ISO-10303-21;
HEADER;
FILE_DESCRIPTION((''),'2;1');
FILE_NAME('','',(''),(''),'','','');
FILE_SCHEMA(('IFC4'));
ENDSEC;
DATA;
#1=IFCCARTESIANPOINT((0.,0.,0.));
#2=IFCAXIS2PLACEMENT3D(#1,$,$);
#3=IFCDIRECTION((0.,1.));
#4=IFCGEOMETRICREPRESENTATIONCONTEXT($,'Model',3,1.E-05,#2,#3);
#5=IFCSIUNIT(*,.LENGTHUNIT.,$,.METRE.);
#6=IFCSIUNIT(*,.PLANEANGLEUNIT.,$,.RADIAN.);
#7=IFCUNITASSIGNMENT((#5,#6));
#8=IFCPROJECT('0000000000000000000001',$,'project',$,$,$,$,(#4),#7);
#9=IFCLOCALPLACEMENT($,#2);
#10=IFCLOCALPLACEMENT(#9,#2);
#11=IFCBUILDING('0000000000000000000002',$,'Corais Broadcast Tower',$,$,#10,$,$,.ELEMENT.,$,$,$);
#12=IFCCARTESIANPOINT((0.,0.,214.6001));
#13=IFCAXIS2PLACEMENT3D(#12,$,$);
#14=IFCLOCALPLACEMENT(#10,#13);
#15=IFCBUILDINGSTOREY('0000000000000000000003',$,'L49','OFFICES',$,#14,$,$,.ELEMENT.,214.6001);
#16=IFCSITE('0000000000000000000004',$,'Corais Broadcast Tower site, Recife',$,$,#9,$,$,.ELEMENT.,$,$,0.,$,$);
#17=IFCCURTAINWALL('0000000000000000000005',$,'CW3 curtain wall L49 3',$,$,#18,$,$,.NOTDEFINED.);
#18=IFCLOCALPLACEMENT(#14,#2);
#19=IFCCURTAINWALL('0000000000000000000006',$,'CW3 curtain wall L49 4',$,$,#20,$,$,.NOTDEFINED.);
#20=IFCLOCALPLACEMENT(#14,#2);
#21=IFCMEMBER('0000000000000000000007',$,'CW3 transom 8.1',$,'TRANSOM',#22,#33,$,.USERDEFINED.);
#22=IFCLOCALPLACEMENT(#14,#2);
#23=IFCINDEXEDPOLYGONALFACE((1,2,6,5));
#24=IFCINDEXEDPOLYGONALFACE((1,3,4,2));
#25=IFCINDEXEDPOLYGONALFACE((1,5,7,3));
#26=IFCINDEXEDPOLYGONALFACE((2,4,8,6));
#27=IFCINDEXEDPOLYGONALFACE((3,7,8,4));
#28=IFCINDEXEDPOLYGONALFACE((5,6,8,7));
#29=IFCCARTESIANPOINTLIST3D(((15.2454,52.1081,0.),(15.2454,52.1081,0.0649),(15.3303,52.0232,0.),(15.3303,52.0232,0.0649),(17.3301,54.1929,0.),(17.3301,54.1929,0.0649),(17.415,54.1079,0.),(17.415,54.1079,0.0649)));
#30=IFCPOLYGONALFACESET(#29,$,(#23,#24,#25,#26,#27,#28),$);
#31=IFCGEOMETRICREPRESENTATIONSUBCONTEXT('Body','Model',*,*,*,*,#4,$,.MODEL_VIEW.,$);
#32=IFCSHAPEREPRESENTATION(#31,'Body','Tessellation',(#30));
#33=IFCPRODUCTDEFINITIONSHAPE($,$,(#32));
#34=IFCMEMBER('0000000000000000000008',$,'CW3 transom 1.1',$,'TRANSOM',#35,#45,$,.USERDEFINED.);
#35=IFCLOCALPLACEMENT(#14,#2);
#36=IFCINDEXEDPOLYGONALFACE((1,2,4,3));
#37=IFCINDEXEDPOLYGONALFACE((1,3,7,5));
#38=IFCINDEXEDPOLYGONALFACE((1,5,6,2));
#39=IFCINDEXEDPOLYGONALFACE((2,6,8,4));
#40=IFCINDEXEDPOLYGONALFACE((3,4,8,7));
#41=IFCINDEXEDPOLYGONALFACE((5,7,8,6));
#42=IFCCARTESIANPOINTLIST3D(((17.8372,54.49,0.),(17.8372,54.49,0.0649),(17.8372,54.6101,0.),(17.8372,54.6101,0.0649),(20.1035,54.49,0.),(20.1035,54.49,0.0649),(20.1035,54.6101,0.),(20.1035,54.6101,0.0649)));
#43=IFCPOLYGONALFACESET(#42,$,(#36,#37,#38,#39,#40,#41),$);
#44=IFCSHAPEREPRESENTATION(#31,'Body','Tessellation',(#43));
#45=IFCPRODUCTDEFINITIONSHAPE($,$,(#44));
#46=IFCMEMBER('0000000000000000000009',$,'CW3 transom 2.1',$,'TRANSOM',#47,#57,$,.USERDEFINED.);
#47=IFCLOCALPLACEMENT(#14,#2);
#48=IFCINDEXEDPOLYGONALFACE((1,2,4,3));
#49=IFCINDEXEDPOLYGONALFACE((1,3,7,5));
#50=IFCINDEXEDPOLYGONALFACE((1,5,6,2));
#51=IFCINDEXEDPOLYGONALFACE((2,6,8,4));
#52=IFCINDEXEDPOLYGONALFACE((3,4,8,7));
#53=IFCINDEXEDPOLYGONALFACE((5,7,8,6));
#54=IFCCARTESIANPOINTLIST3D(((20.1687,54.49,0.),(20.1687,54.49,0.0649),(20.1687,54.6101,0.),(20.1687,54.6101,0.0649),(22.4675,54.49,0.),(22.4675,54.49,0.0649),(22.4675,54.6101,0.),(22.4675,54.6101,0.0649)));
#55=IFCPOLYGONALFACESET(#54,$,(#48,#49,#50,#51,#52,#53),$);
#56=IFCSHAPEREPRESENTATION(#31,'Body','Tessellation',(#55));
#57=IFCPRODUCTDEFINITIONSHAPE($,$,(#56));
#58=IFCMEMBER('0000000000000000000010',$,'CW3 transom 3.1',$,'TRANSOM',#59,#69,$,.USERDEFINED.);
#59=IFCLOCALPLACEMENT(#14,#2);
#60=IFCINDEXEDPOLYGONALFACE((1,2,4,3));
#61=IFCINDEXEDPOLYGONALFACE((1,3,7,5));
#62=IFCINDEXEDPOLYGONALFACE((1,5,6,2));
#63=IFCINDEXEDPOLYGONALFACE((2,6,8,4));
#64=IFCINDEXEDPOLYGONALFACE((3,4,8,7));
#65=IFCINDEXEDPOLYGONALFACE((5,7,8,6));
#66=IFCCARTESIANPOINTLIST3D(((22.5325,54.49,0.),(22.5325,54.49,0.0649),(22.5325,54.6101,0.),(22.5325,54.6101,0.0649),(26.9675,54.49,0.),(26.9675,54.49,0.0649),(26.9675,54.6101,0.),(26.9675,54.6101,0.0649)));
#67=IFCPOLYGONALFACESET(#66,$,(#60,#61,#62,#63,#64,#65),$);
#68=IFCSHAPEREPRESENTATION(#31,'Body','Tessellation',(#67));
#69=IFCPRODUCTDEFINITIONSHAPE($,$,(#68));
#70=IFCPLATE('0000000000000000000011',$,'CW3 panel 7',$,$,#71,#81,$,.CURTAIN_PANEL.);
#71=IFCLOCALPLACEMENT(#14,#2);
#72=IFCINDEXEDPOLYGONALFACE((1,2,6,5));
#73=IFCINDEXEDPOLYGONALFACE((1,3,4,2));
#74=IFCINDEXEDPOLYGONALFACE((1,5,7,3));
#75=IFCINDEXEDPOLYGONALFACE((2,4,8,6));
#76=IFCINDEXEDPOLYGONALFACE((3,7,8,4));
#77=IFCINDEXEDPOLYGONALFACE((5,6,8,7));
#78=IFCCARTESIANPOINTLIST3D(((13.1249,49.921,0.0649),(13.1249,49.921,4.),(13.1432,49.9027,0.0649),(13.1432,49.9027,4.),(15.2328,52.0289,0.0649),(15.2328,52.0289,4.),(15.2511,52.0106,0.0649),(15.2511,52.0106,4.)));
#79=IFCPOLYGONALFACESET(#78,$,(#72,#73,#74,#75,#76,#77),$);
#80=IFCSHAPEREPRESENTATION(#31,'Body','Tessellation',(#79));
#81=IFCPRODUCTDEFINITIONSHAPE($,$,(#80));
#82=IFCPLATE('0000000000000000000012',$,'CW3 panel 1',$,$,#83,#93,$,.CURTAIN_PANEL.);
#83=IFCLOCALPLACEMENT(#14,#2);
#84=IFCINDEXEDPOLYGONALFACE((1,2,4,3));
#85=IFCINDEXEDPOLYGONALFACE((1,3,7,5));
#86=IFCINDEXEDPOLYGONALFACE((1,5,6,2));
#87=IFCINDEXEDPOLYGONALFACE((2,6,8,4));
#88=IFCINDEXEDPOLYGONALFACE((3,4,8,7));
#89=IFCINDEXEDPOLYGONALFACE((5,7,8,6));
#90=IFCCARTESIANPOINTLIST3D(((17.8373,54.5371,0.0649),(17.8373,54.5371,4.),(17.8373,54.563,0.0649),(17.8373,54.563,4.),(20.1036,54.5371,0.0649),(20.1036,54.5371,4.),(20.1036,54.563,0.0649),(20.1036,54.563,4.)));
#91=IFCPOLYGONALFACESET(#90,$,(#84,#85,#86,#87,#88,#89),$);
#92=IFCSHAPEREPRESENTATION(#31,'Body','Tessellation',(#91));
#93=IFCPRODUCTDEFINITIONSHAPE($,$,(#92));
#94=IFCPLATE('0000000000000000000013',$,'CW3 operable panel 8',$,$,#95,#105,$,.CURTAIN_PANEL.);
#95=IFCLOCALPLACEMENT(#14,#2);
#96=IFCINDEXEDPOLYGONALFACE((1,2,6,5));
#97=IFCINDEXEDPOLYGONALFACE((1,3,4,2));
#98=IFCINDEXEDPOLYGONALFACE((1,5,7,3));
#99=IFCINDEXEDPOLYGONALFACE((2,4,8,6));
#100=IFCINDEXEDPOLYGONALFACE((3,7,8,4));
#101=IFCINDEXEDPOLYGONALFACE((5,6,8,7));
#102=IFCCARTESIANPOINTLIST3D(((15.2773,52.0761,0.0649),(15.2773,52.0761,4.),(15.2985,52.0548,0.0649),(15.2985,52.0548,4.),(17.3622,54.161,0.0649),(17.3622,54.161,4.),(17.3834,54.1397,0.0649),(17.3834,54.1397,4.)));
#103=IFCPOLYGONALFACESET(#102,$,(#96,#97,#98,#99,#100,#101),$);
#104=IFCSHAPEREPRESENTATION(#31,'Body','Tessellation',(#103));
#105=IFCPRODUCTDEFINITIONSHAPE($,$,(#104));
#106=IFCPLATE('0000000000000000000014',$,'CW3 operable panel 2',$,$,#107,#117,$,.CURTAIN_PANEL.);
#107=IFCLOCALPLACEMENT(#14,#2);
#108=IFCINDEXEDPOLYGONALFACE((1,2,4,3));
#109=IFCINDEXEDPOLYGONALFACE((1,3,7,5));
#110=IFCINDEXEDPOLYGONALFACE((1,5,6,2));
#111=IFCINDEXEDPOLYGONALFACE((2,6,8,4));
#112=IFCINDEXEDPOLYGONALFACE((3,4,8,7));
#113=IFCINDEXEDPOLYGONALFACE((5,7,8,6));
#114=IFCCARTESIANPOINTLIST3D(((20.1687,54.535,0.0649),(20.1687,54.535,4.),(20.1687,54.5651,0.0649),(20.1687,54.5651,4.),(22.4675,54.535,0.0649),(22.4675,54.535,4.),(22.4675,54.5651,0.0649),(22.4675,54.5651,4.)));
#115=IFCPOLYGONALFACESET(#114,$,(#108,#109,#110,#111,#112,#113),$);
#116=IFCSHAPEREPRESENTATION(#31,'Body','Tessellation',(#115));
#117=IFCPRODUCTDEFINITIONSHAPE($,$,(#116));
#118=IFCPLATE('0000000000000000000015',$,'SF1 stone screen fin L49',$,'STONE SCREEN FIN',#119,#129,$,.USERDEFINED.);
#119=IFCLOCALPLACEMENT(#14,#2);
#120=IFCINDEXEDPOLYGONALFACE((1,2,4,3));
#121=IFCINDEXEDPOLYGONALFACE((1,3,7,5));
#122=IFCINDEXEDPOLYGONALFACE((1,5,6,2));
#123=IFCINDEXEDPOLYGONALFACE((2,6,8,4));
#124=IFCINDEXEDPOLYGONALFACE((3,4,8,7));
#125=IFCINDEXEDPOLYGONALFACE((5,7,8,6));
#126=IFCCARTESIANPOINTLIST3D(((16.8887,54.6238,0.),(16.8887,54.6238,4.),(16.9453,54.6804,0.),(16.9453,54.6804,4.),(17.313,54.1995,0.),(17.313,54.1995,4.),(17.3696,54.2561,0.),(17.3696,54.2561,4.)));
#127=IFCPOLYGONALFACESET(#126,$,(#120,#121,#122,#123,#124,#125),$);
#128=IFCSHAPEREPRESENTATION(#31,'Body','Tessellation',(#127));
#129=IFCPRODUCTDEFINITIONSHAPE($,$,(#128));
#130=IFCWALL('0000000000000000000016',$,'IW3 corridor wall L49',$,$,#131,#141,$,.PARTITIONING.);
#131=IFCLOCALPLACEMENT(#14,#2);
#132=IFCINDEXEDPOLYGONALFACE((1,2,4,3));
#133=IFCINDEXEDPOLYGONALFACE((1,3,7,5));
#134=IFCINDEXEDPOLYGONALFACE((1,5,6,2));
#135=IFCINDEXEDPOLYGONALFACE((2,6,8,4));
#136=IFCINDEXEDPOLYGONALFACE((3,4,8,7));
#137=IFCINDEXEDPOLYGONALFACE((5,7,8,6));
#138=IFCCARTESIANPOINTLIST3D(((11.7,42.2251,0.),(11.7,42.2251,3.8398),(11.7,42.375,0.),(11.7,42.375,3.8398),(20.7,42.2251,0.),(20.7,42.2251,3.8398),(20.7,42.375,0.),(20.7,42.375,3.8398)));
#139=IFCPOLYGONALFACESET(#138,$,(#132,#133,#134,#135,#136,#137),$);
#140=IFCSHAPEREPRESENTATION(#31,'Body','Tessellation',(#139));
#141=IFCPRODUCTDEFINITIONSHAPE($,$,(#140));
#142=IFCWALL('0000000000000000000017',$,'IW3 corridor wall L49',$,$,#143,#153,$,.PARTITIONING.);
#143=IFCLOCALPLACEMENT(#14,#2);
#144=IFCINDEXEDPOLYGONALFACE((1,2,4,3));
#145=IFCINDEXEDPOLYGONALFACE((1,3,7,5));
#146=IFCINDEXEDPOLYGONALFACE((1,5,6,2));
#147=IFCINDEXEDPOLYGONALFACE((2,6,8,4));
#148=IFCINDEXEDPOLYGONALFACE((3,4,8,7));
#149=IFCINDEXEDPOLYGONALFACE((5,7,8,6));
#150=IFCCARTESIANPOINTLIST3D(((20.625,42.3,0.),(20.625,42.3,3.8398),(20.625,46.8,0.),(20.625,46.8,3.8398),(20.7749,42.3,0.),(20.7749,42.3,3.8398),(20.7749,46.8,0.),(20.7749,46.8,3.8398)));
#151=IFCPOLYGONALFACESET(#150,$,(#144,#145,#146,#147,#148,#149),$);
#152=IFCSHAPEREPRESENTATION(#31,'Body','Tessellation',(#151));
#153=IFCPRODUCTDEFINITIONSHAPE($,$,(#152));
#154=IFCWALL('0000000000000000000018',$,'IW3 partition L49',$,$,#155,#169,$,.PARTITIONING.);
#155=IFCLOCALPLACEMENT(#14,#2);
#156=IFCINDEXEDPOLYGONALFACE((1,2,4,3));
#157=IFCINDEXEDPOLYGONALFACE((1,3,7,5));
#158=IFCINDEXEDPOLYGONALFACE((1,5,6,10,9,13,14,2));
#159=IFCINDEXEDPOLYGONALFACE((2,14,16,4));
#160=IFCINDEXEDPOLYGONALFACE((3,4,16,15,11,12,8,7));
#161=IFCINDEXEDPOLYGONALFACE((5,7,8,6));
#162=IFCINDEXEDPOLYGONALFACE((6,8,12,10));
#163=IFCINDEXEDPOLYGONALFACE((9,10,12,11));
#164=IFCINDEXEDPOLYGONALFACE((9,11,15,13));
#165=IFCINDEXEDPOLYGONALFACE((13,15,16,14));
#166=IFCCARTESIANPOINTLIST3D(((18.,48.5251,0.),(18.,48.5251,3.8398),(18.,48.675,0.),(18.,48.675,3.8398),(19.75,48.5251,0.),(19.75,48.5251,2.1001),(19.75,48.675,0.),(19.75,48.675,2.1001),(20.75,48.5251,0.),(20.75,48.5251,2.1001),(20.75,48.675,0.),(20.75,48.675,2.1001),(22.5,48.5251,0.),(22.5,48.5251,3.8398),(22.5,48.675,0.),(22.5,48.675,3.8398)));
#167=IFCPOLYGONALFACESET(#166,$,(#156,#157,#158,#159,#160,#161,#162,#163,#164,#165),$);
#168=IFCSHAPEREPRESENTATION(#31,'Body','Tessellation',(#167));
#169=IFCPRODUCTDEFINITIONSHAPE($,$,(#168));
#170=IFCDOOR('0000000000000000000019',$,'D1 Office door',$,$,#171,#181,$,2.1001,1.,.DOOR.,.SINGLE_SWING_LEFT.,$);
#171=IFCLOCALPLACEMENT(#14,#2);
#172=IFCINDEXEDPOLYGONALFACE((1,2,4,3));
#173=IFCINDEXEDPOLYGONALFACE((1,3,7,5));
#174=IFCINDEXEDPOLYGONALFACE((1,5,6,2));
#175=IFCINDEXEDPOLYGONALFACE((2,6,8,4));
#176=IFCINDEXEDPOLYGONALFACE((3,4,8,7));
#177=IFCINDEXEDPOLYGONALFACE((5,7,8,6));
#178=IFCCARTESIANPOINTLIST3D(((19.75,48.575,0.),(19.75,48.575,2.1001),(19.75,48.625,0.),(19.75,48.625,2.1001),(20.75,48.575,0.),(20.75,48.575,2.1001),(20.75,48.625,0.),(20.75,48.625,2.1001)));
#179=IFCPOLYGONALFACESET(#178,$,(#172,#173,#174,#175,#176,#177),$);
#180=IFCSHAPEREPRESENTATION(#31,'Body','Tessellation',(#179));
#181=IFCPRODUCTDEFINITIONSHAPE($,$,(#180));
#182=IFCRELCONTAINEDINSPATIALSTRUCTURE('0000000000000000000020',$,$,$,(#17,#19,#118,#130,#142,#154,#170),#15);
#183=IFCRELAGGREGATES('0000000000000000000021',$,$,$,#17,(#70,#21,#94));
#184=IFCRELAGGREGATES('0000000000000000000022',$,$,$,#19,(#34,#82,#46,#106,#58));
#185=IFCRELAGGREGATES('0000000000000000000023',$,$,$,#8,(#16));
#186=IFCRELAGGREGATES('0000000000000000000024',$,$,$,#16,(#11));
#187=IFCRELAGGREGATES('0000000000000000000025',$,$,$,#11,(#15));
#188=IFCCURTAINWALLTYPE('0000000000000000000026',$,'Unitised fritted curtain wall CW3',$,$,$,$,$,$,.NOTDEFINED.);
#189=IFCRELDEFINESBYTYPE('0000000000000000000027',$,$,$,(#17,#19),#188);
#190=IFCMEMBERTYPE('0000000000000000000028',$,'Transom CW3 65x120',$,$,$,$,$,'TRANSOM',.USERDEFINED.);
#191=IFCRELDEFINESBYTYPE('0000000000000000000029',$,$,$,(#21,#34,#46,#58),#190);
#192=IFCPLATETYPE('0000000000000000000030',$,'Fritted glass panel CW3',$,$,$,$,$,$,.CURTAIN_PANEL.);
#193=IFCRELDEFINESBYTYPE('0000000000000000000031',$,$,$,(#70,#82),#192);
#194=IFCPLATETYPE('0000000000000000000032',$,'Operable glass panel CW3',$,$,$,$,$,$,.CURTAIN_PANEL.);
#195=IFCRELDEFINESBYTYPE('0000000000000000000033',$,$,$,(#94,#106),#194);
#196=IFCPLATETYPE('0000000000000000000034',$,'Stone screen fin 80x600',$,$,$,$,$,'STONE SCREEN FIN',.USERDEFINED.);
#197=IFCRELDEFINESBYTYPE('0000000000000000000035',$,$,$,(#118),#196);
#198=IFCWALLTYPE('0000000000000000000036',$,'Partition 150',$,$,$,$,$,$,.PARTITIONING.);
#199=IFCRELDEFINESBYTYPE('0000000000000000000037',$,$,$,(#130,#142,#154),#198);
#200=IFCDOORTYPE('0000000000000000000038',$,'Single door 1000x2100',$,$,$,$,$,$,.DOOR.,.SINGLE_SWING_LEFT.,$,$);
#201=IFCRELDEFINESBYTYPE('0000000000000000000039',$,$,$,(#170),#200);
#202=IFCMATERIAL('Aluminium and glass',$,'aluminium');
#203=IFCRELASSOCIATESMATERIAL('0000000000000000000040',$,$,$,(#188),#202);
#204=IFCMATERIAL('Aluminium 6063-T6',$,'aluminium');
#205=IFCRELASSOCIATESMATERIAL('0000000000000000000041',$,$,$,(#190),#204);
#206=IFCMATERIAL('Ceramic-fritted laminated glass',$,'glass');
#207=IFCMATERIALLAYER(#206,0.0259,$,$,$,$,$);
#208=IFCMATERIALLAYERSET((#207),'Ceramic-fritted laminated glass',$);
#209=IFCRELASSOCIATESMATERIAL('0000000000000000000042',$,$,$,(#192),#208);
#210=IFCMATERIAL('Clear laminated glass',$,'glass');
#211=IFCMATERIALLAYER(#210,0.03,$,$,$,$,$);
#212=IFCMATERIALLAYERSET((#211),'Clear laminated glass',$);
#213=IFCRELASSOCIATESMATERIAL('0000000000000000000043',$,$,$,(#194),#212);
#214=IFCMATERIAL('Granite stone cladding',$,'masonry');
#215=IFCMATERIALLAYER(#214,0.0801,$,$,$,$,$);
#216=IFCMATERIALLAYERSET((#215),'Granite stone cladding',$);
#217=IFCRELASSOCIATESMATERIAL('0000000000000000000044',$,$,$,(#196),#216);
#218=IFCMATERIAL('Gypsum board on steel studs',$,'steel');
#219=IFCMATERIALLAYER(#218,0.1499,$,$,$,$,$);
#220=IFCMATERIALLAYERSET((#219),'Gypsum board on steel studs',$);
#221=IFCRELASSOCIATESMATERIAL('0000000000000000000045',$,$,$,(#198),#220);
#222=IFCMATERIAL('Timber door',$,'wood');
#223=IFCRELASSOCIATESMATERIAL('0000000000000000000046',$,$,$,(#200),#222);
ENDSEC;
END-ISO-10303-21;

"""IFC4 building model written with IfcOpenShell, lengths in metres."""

from ifc_helpers import new_model, si_unit, direction, frame, frame_2d, origin, origin_2d, place, context, subcontext, project, spatial, rectangle, extrude, material, layer, layer_set, material_profile, profile_set, type_object, element, fill, aggregate, save


model = new_model("IFC4")

# Units and contexts
model_context = context("Model", 3, precision=1e-05, world=origin(), true_north=direction((0.0, 1.0)))
body_context = subcontext(model_context, "Body", "Model", "MODEL_VIEW")
ifc_project = project(units=[si_unit("LENGTHUNIT", "METRE"), si_unit("PLANEANGLEUNIT", "RADIAN")], contexts=[model_context])

# Site, building, storey
site_placement = place(None, origin())
site = spatial("IfcSite", under=ifc_project, at=site_placement, Name="Corais Broadcast Tower site, Recife", CompositionType="ELEMENT", RefElevation=0.0)
building_placement = place(site_placement, origin())
building = spatial("IfcBuilding", under=site, at=building_placement, Name="Corais Broadcast Tower", CompositionType="ELEMENT")
storey_placement = place(building_placement, frame((0.0, 0.0, 214.6001)))
storey = spatial("IfcBuildingStorey", under=building, at=storey_placement, Name="L49", Description="OFFICES", CompositionType="ELEMENT", Elevation=214.6001)

# Curtain walls
ifc_material_1 = material(Name="Aluminium and glass", Category="aluminium")
curtain_wall_type = type_object("IfcCurtainWallType", Name="Unitised fritted curtain wall CW3", PredefinedType="NOTDEFINED", material=ifc_material_1)
curtain_wall_1_placement = place(storey_placement, origin())
curtain_wall_1 = element("IfcCurtainWall", 1, at=curtain_wall_1_placement, inside=storey, type_object=curtain_wall_type, Name="CW3 curtain wall L49 3", PredefinedType="NOTDEFINED")
curtain_wall_2_placement = place(storey_placement, origin())
curtain_wall_2 = element("IfcCurtainWall", 2, at=curtain_wall_2_placement, inside=storey, type_object=curtain_wall_type, Name="CW3 curtain wall L49 4", PredefinedType="NOTDEFINED")

# Members
ifc_material_2 = material(Name="Aluminium 6063-T6", Category="aluminium")
ifc_material_profile_1 = material_profile(ifc_material_2, rectangle(XDim=0.1201, YDim=0.0649, at=origin_2d()), Name="Transom CW3 65x120")
ifc_profile_set_1 = profile_set([ifc_material_profile_1], Name="Aluminium 6063-T6")
member_type_1 = type_object("IfcMemberType", Name="Transom CW3 65x120", ElementType="TRANSOM", PredefinedType="USERDEFINED", material=ifc_profile_set_1)
member_1_placement = place(storey_placement, frame((15.2878, 52.0657, 0.0325), z_axis=(0.707107, 0.707107, 0.0), x_axis=(-0.707107, 0.707107, 0.0)))
member_1 = element("IfcMember", 3, at=member_1_placement, type_object=member_type_1, Name="CW3 transom 8.1", ObjectType="TRANSOM", PredefinedType="USERDEFINED", context=body_context, shape_type="SweptSolid", body=[
    extrude(rectangle(XDim=0.1201, YDim=0.0649, at=origin_2d()), origin(), (0.0, 0.0, 1.0), 2.9482),
])
member_2_placement = place(storey_placement, frame((17.8372, 54.55, 0.0325), z_axis=(1.0, 0.0, 0.0), x_axis=(0.0, 1.0, 0.0)))
member_2 = element("IfcMember", 4, at=member_2_placement, type_object=member_type_1, Name="CW3 transom 1.1", ObjectType="TRANSOM", PredefinedType="USERDEFINED", context=body_context, shape_type="SweptSolid", body=[
    extrude(rectangle(XDim=0.1201, YDim=0.0649, at=origin_2d()), origin(), (0.0, 0.0, 1.0), 2.2664),
])
member_3_placement = place(storey_placement, frame((20.1687, 54.55, 0.0325), z_axis=(1.0, 0.0, 0.0), x_axis=(0.0, 1.0, 0.0)))
member_3 = element("IfcMember", 5, at=member_3_placement, type_object=member_type_1, Name="CW3 transom 2.1", ObjectType="TRANSOM", PredefinedType="USERDEFINED", context=body_context, shape_type="SweptSolid", body=[
    extrude(rectangle(XDim=0.1201, YDim=0.0649, at=origin_2d()), origin(), (0.0, 0.0, 1.0), 2.2988),
])
member_4_placement = place(storey_placement, frame((22.5325, 54.55, 0.0325), z_axis=(1.0, 0.0, 0.0), x_axis=(0.0, 1.0, 0.0)))
member_4 = element("IfcMember", 6, at=member_4_placement, type_object=member_type_1, Name="CW3 transom 3.1", ObjectType="TRANSOM", PredefinedType="USERDEFINED", context=body_context, shape_type="SweptSolid", body=[
    extrude(rectangle(XDim=0.1201, YDim=0.0649, at=origin_2d()), origin(), (0.0, 0.0, 1.0), 4.4351),
])

# Plates
ifc_material_3 = material(Name="Ceramic-fritted laminated glass", Category="glass")
ifc_layer_1 = layer(ifc_material_3, 0.0259)
ifc_layer_set_1 = layer_set([ifc_layer_1], Name="Ceramic-fritted laminated glass")
plate_type_1 = type_object("IfcPlateType", Name="Fritted glass panel CW3", PredefinedType="CURTAIN_PANEL", material=ifc_layer_set_1)
plate_1_placement = place(storey_placement, frame((14.188, 50.9658, 0.0649), z_axis=(0.0, 0.0, 1.0), x_axis=(0.707107, 0.707107, 0.0)))
plate_1 = element("IfcPlate", 7, at=plate_1_placement, type_object=plate_type_1, Name="CW3 panel 7", PredefinedType="CURTAIN_PANEL", context=body_context, shape_type="SweptSolid", body=[
    extrude(rectangle(XDim=2.981, YDim=0.0259, at=origin_2d()), origin(), (0.0, 0.0, 1.0), 3.9351),
])
plate_2_placement = place(storey_placement, frame((18.9705, 54.55, 0.0649), z_axis=(0.0, 0.0, 1.0), x_axis=(1.0, 0.0, 0.0)))
plate_2 = element("IfcPlate", 8, at=plate_2_placement, type_object=plate_type_1, Name="CW3 panel 1", PredefinedType="CURTAIN_PANEL", context=body_context, shape_type="SweptSolid", body=[
    extrude(rectangle(XDim=2.2664, YDim=0.0259, at=origin_2d()), origin(), (0.0, 0.0, 1.0), 3.9351),
])
ifc_material_4 = material(Name="Clear laminated glass", Category="glass")
ifc_layer_2 = layer(ifc_material_4, 0.03)
ifc_layer_set_2 = layer_set([ifc_layer_2], Name="Clear laminated glass")
plate_type_2 = type_object("IfcPlateType", Name="Operable glass panel CW3", PredefinedType="CURTAIN_PANEL", material=ifc_layer_set_2)
plate_3_placement = place(storey_placement, frame((16.3303, 53.1079, 0.0649), z_axis=(0.0, 0.0, 1.0), x_axis=(0.707107, 0.707107, 0.0)))
plate_3 = element("IfcPlate", 9, at=plate_3_placement, type_object=plate_type_2, Name="CW3 operable panel 8", PredefinedType="CURTAIN_PANEL", context=body_context, shape_type="SweptSolid", body=[
    extrude(rectangle(XDim=2.9485, YDim=0.03, at=origin_2d()), origin(), (0.0, 0.0, 1.0), 3.9351),
])
aggregate(curtain_wall_1, [plate_1, member_1, plate_3])
plate_4_placement = place(storey_placement, frame((21.3181, 54.55, 0.0649), z_axis=(0.0, 0.0, 1.0), x_axis=(1.0, 0.0, 0.0)))
plate_4 = element("IfcPlate", 10, at=plate_4_placement, type_object=plate_type_2, Name="CW3 operable panel 2", PredefinedType="CURTAIN_PANEL", context=body_context, shape_type="SweptSolid", body=[
    extrude(rectangle(XDim=2.2988, YDim=0.03, at=origin_2d()), origin(), (0.0, 0.0, 1.0), 3.9351),
])
aggregate(curtain_wall_2, [member_2, plate_2, member_3, plate_4, member_4])
ifc_material_5 = material(Name="Granite stone cladding", Category="masonry")
ifc_layer_3 = layer(ifc_material_5, 0.0801)
ifc_layer_set_3 = layer_set([ifc_layer_3], Name="Granite stone cladding")
plate_type_3 = type_object("IfcPlateType", Name="Stone screen fin 80x600", ElementType="STONE SCREEN FIN", PredefinedType="USERDEFINED", material=ifc_layer_set_3)
plate_5_placement = place(storey_placement, frame((17.1292, 54.4399, 0.0), z_axis=(0.0, 0.0, 1.0), x_axis=(0.707107, 0.707107, 0.0)))
element("IfcPlate", 11, at=plate_5_placement, inside=storey, type_object=plate_type_3, Name="SF1 stone screen fin L49", ObjectType="STONE SCREEN FIN", PredefinedType="USERDEFINED", context=body_context, shape_type="SweptSolid", body=[
    extrude(rectangle(XDim=0.0801, YDim=0.6001, at=origin_2d()), origin(), (0.0, 0.0, 1.0), 4.0),
])

# Walls
ifc_material_6 = material(Name="Gypsum board on steel studs", Category="steel")
ifc_layer_4 = layer(ifc_material_6, 0.1499)
ifc_layer_set_4 = layer_set([ifc_layer_4], Name="Gypsum board on steel studs")
wall_type = type_object("IfcWallType", Name="Partition 150", PredefinedType="PARTITIONING", material=ifc_layer_set_4)
wall_1_placement = place(storey_placement, frame((20.7, 42.3, 0.0), z_axis=(0.0, 0.0, 1.0), x_axis=(-1.0, 0.0, 0.0)))
element("IfcWall", 12, at=wall_1_placement, inside=storey, type_object=wall_type, Name="IW3 corridor wall L49", PredefinedType="PARTITIONING", context=body_context, shape_type="SweptSolid", body=[
    extrude(rectangle(XDim=9.0, YDim=0.1499, at=frame_2d((4.5, 0.0))), origin(), (0.0, 0.0, 1.0), 3.8398),
])
wall_2_placement = place(storey_placement, frame((20.7, 46.8, 0.0), z_axis=(0.0, 0.0, 1.0), x_axis=(0.0, -1.0, 0.0)))
element("IfcWall", 13, at=wall_2_placement, inside=storey, type_object=wall_type, Name="IW3 corridor wall L49", PredefinedType="PARTITIONING", context=body_context, shape_type="SweptSolid", body=[
    extrude(rectangle(XDim=4.5, YDim=0.1499, at=frame_2d((2.25, 0.0))), origin(), (0.0, 0.0, 1.0), 3.8398),
])

# Wall, opening, door
wall_3_placement = place(storey_placement, frame((18.0, 48.6001, 0.0), z_axis=(0.0, 0.0, 1.0), x_axis=(1.0, 0.0, 0.0)))
wall_3 = element("IfcWall", 14, at=wall_3_placement, inside=storey, type_object=wall_type, Name="IW3 partition L49", PredefinedType="PARTITIONING", context=body_context, shape_type="SweptSolid", body=[
    extrude(rectangle(XDim=4.5, YDim=0.1499, at=frame_2d((2.25, 0.0))), origin(), (0.0, 0.0, 1.0), 3.8398),
])
opening_1_placement = place(wall_3_placement, frame((1.75, 0.0, 0.0)))
opening_1 = element("IfcOpeningElement", 15, at=opening_1_placement, cuts=wall_3, PredefinedType="OPENING", context=body_context, shape_type="SweptSolid", body=[
    extrude(rectangle(XDim=1.0, YDim=2.1001, at=frame_2d((0.5, 1.05))), frame((0.0, 0.085, 0.0), z_axis=(0.0, -1.0, 0.0), x_axis=(1.0, 0.0, 0.0)), (0.0, 0.0, 1.0), 0.1699),
])
ifc_material_7 = material(Name="Timber door", Category="wood")
door_type = type_object("IfcDoorType", Name="Single door 1000x2100", OperationType="SINGLE_SWING_LEFT", PredefinedType="DOOR", material=ifc_material_7)
door_1_placement = place(opening_1_placement, origin())
door_1 = element("IfcDoor", 16, at=door_1_placement, inside=storey, type_object=door_type, Name="D1 Office door", OperationType="SINGLE_SWING_LEFT", OverallHeight=2.1001, OverallWidth=1.0, PredefinedType="DOOR", context=body_context, shape_type="SweptSolid", body=[
    extrude(rectangle(XDim=1.0, YDim=2.1001, at=frame_2d((0.5, 1.05))), frame((0.0, 0.0249, 0.0), z_axis=(0.0, -1.0, 0.0), x_axis=(1.0, 0.0, 0.0)), (0.0, 0.0, 1.0), 0.05),
])
fill(opening_1, door_1)

save(model, "model.ifc")
